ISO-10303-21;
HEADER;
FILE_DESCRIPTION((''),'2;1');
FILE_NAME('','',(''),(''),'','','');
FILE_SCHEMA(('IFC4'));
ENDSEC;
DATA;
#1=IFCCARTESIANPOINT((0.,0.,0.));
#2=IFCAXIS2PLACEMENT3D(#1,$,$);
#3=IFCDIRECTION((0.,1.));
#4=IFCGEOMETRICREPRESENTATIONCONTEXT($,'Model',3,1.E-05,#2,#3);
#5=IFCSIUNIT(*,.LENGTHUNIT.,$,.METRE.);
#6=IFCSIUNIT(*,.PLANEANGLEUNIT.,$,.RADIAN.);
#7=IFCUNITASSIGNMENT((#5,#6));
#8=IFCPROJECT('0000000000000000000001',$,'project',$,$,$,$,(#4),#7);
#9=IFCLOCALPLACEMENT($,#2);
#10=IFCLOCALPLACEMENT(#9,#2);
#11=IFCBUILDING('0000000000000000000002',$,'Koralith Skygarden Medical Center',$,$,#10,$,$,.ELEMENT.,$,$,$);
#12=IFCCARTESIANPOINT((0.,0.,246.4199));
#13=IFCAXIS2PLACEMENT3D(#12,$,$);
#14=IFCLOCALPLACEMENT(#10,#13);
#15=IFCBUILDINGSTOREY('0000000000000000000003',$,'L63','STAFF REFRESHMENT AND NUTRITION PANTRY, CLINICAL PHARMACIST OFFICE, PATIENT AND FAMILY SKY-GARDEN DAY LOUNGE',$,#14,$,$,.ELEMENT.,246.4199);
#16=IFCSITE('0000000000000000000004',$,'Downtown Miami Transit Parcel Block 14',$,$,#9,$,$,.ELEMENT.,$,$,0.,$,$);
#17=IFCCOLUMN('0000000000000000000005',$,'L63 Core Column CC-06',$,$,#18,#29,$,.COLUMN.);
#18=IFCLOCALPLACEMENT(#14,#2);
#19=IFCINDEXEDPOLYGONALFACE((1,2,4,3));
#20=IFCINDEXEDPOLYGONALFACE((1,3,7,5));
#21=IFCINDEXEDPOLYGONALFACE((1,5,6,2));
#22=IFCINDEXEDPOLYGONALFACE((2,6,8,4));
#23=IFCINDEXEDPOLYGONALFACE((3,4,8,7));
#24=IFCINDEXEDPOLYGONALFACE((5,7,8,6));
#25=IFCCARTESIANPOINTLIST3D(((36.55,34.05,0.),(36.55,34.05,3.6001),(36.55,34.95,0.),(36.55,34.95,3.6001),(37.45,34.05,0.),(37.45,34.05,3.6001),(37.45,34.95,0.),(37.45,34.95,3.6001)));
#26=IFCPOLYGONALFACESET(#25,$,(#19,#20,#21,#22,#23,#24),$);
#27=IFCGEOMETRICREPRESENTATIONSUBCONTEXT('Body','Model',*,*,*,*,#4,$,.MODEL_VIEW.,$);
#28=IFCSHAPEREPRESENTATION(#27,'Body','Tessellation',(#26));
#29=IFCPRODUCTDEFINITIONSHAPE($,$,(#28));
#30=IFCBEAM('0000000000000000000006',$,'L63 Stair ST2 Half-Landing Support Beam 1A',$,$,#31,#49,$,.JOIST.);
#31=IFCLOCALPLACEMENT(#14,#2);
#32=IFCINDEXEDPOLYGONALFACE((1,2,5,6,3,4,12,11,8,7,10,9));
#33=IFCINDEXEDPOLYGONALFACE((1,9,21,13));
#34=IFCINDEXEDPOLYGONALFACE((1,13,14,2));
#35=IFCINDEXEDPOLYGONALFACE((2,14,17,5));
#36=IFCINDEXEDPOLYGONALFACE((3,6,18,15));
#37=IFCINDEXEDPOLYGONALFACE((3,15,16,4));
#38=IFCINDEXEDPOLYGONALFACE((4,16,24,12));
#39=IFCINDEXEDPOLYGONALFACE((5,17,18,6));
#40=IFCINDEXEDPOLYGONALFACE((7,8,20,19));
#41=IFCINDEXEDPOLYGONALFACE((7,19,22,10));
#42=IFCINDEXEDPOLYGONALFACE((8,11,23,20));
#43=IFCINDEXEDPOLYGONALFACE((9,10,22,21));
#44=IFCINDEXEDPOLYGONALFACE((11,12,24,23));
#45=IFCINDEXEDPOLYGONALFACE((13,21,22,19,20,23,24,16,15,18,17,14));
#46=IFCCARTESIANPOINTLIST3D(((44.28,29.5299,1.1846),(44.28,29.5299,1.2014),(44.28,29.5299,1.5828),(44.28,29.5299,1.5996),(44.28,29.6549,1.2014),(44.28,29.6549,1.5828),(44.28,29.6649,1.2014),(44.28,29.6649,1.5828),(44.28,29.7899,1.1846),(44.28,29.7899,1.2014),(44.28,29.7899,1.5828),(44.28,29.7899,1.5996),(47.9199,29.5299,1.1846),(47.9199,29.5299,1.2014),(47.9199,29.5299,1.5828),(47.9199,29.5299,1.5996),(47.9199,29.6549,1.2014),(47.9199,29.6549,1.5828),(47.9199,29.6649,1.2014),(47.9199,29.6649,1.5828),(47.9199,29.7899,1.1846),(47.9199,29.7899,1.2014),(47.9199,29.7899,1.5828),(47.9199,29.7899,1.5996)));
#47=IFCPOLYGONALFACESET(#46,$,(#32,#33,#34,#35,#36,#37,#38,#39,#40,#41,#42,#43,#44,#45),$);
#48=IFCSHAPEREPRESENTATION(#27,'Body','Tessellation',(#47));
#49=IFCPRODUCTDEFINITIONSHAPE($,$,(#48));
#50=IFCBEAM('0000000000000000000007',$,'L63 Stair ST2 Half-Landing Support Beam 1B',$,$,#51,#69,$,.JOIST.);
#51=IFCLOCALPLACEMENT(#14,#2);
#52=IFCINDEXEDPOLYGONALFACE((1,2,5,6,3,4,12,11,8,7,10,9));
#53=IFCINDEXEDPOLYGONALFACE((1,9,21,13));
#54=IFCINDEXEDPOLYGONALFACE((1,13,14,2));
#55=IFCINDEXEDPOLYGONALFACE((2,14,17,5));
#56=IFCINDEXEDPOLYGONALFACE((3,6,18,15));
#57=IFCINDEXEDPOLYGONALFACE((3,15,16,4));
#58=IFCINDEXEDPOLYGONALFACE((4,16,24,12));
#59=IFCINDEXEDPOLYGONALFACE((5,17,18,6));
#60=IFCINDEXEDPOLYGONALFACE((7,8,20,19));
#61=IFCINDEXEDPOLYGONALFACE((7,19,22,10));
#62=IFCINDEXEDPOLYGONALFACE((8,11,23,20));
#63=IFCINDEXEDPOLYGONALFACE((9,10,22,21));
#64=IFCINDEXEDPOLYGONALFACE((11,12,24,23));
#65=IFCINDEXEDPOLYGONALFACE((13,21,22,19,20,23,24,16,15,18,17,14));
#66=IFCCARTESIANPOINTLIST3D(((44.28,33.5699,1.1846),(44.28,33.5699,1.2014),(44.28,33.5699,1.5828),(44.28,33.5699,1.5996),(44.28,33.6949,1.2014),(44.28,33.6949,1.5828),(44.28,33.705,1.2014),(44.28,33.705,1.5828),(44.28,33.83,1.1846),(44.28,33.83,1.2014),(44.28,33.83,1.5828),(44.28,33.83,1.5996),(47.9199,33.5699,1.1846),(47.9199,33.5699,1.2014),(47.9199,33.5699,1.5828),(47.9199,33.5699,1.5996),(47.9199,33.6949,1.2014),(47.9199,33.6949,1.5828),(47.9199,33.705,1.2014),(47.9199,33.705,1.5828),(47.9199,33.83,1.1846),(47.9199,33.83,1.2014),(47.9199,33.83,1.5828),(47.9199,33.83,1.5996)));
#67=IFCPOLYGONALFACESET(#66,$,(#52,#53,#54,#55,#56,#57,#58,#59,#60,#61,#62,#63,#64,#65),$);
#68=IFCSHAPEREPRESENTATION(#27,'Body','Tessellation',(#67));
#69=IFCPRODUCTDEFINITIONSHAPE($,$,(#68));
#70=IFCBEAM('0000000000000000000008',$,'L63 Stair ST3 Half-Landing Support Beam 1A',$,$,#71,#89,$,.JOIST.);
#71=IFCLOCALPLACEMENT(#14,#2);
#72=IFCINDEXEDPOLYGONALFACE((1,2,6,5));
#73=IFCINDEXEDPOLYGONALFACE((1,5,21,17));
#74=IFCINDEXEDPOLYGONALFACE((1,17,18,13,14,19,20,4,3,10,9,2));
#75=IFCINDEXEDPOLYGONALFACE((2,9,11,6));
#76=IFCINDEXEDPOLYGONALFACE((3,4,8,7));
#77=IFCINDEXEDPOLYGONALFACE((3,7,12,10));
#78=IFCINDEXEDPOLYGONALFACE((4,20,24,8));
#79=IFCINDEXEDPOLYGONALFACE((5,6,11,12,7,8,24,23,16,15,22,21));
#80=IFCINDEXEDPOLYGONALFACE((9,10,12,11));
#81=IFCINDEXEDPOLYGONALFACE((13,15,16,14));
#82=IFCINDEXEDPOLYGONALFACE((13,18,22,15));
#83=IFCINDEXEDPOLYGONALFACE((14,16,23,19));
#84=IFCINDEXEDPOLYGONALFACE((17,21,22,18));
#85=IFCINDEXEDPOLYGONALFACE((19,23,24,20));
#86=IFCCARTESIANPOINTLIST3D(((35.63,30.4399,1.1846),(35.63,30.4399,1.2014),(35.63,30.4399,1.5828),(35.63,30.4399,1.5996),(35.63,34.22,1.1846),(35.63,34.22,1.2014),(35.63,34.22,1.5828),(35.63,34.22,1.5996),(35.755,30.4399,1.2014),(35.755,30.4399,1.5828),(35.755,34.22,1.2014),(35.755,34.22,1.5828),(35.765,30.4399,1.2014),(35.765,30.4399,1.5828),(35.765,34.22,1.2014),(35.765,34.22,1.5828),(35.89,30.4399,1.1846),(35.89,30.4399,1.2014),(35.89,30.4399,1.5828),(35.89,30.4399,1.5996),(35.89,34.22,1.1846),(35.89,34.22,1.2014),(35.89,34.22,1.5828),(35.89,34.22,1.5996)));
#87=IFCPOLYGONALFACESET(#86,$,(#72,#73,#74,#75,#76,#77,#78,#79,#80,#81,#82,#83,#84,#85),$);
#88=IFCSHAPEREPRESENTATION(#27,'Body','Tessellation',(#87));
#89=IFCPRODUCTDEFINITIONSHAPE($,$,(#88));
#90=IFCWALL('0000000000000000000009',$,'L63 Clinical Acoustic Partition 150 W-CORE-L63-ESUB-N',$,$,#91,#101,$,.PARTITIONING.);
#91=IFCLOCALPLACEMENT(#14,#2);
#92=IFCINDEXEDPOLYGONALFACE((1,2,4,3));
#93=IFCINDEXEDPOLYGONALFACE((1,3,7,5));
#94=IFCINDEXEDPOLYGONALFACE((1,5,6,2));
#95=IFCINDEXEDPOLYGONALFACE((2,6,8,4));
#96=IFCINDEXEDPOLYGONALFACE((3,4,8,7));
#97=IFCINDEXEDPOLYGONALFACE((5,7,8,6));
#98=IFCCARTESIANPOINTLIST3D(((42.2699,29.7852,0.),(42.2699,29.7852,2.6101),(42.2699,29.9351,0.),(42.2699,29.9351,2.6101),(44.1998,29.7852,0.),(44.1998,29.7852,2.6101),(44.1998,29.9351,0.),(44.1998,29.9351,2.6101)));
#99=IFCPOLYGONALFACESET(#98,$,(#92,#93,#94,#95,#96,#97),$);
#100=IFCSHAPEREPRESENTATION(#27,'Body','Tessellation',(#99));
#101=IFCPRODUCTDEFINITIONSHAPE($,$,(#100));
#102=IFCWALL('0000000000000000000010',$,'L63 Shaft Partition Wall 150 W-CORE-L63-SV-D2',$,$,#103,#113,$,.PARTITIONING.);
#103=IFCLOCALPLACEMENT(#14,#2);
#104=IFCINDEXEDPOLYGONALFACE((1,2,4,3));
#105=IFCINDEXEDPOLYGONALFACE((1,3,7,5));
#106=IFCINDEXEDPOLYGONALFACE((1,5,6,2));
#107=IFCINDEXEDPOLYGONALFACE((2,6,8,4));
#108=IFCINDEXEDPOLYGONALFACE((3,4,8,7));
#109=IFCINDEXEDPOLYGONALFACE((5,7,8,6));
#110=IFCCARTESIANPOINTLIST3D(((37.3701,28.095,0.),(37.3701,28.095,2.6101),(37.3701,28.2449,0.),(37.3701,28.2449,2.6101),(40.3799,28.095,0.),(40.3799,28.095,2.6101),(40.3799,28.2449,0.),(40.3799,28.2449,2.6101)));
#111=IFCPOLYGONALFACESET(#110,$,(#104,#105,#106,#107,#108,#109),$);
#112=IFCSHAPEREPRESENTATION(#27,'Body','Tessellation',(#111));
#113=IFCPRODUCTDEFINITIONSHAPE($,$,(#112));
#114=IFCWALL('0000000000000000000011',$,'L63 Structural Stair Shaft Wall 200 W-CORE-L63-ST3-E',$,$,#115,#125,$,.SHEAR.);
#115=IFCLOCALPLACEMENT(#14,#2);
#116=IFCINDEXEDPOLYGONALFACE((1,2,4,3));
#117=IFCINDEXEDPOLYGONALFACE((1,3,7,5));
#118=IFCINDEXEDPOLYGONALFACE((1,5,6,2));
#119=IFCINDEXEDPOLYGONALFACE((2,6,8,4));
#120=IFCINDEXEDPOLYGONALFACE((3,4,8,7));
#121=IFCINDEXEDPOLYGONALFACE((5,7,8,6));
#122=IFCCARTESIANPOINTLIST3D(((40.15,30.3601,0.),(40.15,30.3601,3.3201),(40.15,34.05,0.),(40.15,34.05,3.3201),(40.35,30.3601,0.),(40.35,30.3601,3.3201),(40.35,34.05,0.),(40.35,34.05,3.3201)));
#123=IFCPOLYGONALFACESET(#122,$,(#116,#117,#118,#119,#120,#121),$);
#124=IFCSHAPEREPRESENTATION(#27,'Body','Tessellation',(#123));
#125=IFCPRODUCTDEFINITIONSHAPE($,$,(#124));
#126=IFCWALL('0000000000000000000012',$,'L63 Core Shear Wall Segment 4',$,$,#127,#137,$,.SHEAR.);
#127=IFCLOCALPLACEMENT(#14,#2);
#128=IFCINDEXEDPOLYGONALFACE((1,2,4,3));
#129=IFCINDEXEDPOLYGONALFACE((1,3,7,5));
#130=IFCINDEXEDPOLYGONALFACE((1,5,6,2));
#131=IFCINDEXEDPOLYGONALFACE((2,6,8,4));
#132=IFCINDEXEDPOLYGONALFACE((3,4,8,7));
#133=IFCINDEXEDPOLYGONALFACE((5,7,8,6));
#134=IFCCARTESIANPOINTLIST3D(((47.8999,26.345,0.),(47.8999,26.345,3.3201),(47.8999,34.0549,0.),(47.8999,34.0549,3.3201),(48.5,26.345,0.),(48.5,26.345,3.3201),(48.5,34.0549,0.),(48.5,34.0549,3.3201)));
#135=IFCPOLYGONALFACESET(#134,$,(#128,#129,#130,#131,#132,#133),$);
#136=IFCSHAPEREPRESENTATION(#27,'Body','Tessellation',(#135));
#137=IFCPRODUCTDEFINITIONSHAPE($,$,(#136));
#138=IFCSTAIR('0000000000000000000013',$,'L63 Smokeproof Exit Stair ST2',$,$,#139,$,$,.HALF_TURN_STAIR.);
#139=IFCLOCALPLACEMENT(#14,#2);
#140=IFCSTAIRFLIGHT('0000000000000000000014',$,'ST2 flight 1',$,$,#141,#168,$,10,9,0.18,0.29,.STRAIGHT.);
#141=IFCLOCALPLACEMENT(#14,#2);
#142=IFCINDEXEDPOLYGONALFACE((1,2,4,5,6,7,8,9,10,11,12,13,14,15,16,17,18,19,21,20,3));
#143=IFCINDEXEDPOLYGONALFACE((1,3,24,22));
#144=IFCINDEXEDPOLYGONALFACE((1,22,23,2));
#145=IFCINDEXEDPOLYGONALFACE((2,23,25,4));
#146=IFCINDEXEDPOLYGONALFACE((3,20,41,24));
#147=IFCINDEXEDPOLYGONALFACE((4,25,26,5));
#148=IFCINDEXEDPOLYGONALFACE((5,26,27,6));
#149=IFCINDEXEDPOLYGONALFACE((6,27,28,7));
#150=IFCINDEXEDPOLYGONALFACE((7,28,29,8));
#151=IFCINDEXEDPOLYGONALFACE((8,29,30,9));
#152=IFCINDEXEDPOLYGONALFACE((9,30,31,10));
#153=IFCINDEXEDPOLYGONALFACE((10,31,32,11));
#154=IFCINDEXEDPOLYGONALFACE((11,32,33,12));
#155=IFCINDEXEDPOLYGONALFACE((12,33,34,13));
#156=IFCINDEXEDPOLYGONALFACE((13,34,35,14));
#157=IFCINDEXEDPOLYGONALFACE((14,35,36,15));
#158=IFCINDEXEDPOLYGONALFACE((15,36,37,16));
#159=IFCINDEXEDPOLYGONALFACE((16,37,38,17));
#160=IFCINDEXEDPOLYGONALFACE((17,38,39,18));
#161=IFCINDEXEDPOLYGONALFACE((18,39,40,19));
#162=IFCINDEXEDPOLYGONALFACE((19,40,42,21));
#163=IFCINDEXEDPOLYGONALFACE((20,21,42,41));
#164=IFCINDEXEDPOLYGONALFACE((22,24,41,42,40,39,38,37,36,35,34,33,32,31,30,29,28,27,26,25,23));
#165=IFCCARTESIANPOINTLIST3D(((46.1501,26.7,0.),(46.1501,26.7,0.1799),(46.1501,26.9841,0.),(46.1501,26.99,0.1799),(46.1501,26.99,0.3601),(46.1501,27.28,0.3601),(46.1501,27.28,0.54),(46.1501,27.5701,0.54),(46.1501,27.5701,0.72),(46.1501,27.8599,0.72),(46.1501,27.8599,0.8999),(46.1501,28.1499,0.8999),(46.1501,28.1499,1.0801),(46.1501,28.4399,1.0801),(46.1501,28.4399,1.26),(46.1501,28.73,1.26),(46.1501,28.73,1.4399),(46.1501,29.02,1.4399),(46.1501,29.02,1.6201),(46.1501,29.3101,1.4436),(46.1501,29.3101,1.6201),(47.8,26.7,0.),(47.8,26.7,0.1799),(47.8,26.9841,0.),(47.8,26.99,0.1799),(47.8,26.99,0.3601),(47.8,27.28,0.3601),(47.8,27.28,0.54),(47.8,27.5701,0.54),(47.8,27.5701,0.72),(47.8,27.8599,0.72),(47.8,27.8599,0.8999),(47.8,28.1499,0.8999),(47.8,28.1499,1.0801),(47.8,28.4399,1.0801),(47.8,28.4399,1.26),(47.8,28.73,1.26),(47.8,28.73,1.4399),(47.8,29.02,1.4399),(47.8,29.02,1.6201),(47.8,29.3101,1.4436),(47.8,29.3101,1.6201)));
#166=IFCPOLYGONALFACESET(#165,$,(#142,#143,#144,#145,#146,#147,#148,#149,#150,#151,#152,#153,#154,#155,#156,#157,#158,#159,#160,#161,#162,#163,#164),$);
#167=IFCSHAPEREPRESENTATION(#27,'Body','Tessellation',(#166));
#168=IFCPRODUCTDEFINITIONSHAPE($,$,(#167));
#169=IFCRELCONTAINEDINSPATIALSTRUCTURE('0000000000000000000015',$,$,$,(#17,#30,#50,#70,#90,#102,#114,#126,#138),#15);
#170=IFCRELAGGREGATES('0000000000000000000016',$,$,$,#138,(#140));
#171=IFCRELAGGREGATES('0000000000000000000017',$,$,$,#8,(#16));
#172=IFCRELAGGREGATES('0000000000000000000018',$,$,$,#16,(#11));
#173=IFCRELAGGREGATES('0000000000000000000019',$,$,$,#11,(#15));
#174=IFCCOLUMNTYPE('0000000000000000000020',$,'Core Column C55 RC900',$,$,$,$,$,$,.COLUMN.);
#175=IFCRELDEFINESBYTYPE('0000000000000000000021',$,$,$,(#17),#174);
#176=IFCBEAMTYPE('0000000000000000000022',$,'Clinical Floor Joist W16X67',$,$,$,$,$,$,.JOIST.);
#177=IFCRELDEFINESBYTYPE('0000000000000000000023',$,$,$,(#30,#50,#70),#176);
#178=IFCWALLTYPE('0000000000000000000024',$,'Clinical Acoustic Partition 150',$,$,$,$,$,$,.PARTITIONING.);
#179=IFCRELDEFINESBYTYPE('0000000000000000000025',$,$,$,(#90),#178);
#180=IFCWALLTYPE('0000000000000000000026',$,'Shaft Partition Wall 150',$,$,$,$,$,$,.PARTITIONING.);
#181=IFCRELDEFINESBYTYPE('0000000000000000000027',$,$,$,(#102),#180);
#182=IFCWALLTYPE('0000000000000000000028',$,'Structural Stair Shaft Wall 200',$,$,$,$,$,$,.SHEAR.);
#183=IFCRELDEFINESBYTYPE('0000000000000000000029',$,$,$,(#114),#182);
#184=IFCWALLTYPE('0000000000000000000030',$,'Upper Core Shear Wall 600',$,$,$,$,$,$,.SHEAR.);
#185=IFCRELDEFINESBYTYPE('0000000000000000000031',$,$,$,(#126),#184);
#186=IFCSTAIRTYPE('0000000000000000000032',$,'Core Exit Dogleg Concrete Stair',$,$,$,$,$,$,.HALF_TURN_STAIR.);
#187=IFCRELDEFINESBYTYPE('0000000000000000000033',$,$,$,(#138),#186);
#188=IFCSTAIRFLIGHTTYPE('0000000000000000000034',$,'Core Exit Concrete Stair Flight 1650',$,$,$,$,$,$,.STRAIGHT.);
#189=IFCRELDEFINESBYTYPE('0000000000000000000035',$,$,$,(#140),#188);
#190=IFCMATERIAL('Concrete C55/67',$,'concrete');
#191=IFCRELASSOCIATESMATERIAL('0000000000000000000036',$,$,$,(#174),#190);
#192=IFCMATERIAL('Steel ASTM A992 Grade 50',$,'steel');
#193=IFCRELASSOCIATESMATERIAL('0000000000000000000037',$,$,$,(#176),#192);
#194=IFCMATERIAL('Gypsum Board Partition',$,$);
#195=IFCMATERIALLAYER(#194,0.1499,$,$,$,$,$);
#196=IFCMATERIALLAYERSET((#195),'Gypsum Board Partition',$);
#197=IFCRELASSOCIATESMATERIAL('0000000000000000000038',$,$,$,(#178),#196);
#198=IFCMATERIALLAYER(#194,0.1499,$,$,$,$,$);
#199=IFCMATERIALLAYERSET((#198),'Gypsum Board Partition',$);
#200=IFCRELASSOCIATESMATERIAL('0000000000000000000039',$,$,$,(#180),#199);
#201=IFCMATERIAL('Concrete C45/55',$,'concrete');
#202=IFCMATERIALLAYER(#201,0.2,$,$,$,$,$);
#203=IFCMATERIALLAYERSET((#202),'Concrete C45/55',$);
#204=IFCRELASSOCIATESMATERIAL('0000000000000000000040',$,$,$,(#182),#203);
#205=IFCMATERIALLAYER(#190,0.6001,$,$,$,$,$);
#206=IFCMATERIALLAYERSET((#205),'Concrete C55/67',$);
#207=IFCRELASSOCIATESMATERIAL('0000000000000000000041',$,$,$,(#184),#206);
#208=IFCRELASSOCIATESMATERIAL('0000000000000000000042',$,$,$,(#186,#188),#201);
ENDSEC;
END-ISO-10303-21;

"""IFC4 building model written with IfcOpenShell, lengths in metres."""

from ifc_helpers import new_model, si_unit, direction, frame, frame_2d, origin, origin_2d, place, context, subcontext, project, spatial, polyline, rectangle, i_section, outline, extrude, material, layer, layer_set, material_profile, profile_set, type_object, element, aggregate, save


model = new_model("IFC4")

# Units and contexts
model_context = context("Model", 3, precision=1e-05, world=origin(), true_north=direction((0.0, 1.0)))
body_context = subcontext(model_context, "Body", "Model", "MODEL_VIEW")
ifc_project = project(units=[si_unit("LENGTHUNIT", "METRE"), si_unit("PLANEANGLEUNIT", "RADIAN")], contexts=[model_context])

# Site, building, storey
site_placement = place(None, origin())
site = spatial("IfcSite", under=ifc_project, at=site_placement, Name="Downtown Miami Transit Parcel Block 14", CompositionType="ELEMENT", RefElevation=0.0)
building_placement = place(site_placement, origin())
building = spatial("IfcBuilding", under=site, at=building_placement, Name="Koralith Skygarden Medical Center", CompositionType="ELEMENT")
storey_placement = place(building_placement, frame((0.0, 0.0, 246.4199)))
storey = spatial("IfcBuildingStorey", under=building, at=storey_placement, Name="L63", Description="STAFF REFRESHMENT AND NUTRITION PANTRY, CLINICAL PHARMACIST OFFICE, PATIENT AND FAMILY SKY-GARDEN DAY LOUNGE", CompositionType="ELEMENT", Elevation=246.4199)

# Column
ifc_material_1 = material(Name="Concrete C55/67", Category="concrete")
ifc_material_profile_1 = material_profile(ifc_material_1, rectangle(XDim=0.8999, YDim=0.8999, at=origin_2d()), Name="RC900X900")
ifc_profile_set_1 = profile_set([ifc_material_profile_1], Name="Concrete C55/67")
column_type = type_object("IfcColumnType", Name="Core Column C55 RC900", PredefinedType="COLUMN", material=ifc_profile_set_1)
column_placement = place(storey_placement, frame((37.0, 34.5, 0.0), z_axis=(0.0, 0.0, 1.0), x_axis=(1.0, 0.0, 0.0)))
element("IfcColumn", 1, at=column_placement, inside=storey, type_object=column_type, Name="L63 Core Column CC-06", PredefinedType="COLUMN", context=body_context, shape_type="SweptSolid", body=[
    extrude(rectangle(XDim=0.8999, YDim=0.8999, at=origin_2d()), origin(), (0.0, 0.0, 1.0), 3.6001),
])

# Beams
ifc_material_2 = material(Name="Steel ASTM A992 Grade 50", Category="steel")
ifc_material_profile_2 = material_profile(ifc_material_2, i_section(OverallWidth=0.26, OverallDepth=0.415, WebThickness=0.01, FlangeThickness=0.0168, at=origin_2d()), Name="W16X67")
ifc_profile_set_2 = profile_set([ifc_material_profile_2], Name="Steel ASTM A992 Grade 50")
beam_type = type_object("IfcBeamType", Name="Clinical Floor Joist W16X67", PredefinedType="JOIST", material=ifc_profile_set_2)
for number, where, z_axis, x_axis, name in (
    (2, (44.28, 29.6599, 1.3921), (1.0, 0.0, 0.0), (0.0, 1.0, 0.0), "L63 Stair ST2 Half-Landing Support Beam 1A"),
    (3, (44.28, 33.7, 1.3921), (1.0, 0.0, 0.0), (0.0, 1.0, 0.0), "L63 Stair ST2 Half-Landing Support Beam 1B"),
):
    element("IfcBeam", number, at=place(storey_placement, frame(where, z_axis=z_axis, x_axis=x_axis)), inside=storey, type_object=beam_type, Name=name, PredefinedType="JOIST", context=body_context, shape_type="SweptSolid", body=[
        extrude(i_section(OverallWidth=0.26, OverallDepth=0.415, WebThickness=0.01, FlangeThickness=0.0168, at=origin_2d()), origin(), (0.0, 0.0, 1.0), 3.6399),
    ])
beam_placement = place(storey_placement, frame((35.76, 30.4399, 1.3921), z_axis=(0.0, 1.0, 0.0), x_axis=(-1.0, 0.0, 0.0)))
element("IfcBeam", 4, at=beam_placement, inside=storey, type_object=beam_type, Name="L63 Stair ST3 Half-Landing Support Beam 1A", PredefinedType="JOIST", context=body_context, shape_type="SweptSolid", body=[
    extrude(i_section(OverallWidth=0.26, OverallDepth=0.415, WebThickness=0.01, FlangeThickness=0.0168, at=origin_2d()), origin(), (0.0, 0.0, 1.0), 3.78),
])

# Walls
ifc_material_3 = material(Name="Gypsum Board Partition")
ifc_layer_1 = layer(ifc_material_3, 0.1499)
ifc_layer_set_1 = layer_set([ifc_layer_1], Name="Gypsum Board Partition")
wall_type_1 = type_object("IfcWallType", Name="Clinical Acoustic Partition 150", PredefinedType="PARTITIONING", material=ifc_layer_set_1)
wall_1_placement = place(storey_placement, frame((42.27, 29.8601, 0.0), z_axis=(0.0, 0.0, 1.0), x_axis=(1.0, 0.0, 0.0)))
element("IfcWall", 5, at=wall_1_placement, inside=storey, type_object=wall_type_1, Name="L63 Clinical Acoustic Partition 150 W-CORE-L63-ESUB-N", PredefinedType="PARTITIONING", context=body_context, shape_type="SweptSolid", body=[
    extrude(rectangle(XDim=1.9299, YDim=0.1499, at=frame_2d((0.9648, 0.0))), origin(), (0.0, 0.0, 1.0), 2.6101),
])
ifc_layer_2 = layer(ifc_material_3, 0.1499)
ifc_layer_set_2 = layer_set([ifc_layer_2], Name="Gypsum Board Partition")
wall_type_2 = type_object("IfcWallType", Name="Shaft Partition Wall 150", PredefinedType="PARTITIONING", material=ifc_layer_set_2)
wall_2_placement = place(storey_placement, frame((37.3701, 28.1699, 0.0), z_axis=(0.0, 0.0, 1.0), x_axis=(1.0, 0.0, 0.0)))
element("IfcWall", 6, at=wall_2_placement, inside=storey, type_object=wall_type_2, Name="L63 Shaft Partition Wall 150 W-CORE-L63-SV-D2", PredefinedType="PARTITIONING", context=body_context, shape_type="SweptSolid", body=[
    extrude(rectangle(XDim=3.0098, YDim=0.1499, at=frame_2d((1.5049, 0.0))), origin(), (0.0, 0.0, 1.0), 2.6101),
])
ifc_material_4 = material(Name="Concrete C45/55", Category="concrete")
ifc_layer_3 = layer(ifc_material_4, 0.2)
ifc_layer_set_3 = layer_set([ifc_layer_3], Name="Concrete C45/55")
wall_type_3 = type_object("IfcWallType", Name="Structural Stair Shaft Wall 200", PredefinedType="SHEAR", material=ifc_layer_set_3)
wall_3_placement = place(storey_placement, frame((40.25, 30.3601, 0.0), z_axis=(0.0, 0.0, 1.0), x_axis=(0.0, 1.0, 0.0)))
element("IfcWall", 7, at=wall_3_placement, inside=storey, type_object=wall_type_3, Name="L63 Structural Stair Shaft Wall 200 W-CORE-L63-ST3-E", PredefinedType="SHEAR", context=body_context, shape_type="SweptSolid", body=[
    extrude(rectangle(XDim=3.6899, YDim=0.2, at=frame_2d((1.845, 0.0))), origin(), (0.0, 0.0, 1.0), 3.3201),
])
ifc_layer_4 = layer(ifc_material_1, 0.6001)
ifc_layer_set_4 = layer_set([ifc_layer_4], Name="Concrete C55/67")
wall_type_4 = type_object("IfcWallType", Name="Upper Core Shear Wall 600", PredefinedType="SHEAR", material=ifc_layer_set_4)
wall_4_placement = place(storey_placement, frame((48.2, 26.345, 0.0), z_axis=(0.0, 0.0, 1.0), x_axis=(0.0, 1.0, 0.0)))
element("IfcWall", 8, at=wall_4_placement, inside=storey, type_object=wall_type_4, Name="L63 Core Shear Wall Segment 4", PredefinedType="SHEAR", context=body_context, shape_type="SweptSolid", body=[
    extrude(rectangle(XDim=7.71, YDim=0.6001, at=frame_2d((3.855, 0.0))), origin(), (0.0, 0.0, 1.0), 3.3201),
])

# Stair, stair flight
stair_type = type_object("IfcStairType", Name="Core Exit Dogleg Concrete Stair", PredefinedType="HALF_TURN_STAIR", material=ifc_material_4)
stair_placement = place(storey_placement, origin())
stair = element("IfcStair", 9, at=stair_placement, inside=storey, type_object=stair_type, Name="L63 Smokeproof Exit Stair ST2", PredefinedType="HALF_TURN_STAIR")
stair_flight_type = type_object("IfcStairFlightType", Name="Core Exit Concrete Stair Flight 1650", PredefinedType="STRAIGHT", material=ifc_material_4)
stair_flight_1_placement = place(storey_placement, frame((46.9751, 26.7, 0.0), z_axis=(0.0, 0.0, 1.0), x_axis=(0.0, 1.0, 0.0)))
stair_flight_1 = element("IfcStairFlight", 10, at=stair_flight_1_placement, type_object=stair_flight_type, Name="ST2 flight 1", NumberOfRisers=10, NumberOfTreads=9, PredefinedType="STRAIGHT", RiserHeight=0.18, TreadLength=0.29, context=body_context, shape_type="SweptSolid", body=[
    extrude(outline(polyline([(0.0, 0.0), (0.0, 0.1799), (0.29, 0.1799), (0.29, 0.3601), (0.5801, 0.3601), (0.5801, 0.54), (0.8701, 0.54), (0.8701, 0.72), (1.1599, 0.72), (1.1599, 0.8999), (1.45, 0.8999), (1.45, 1.0801), (1.74, 1.0801), (1.74, 1.26), (2.03, 1.26), (2.03, 1.4399), (2.3201, 1.4399), (2.3201, 1.6201), (2.6101, 1.6201), (2.6101, 1.8), (2.6101, 1.4436), (0.2842, 0.0), (0.0, 0.0)])), frame((0.0, 0.825, 0.0), z_axis=(0.0, -1.0, 0.0), x_axis=(1.0, 0.0, 0.0)), (0.0, 0.0, 1.0), 1.6499),
])
aggregate(stair, [stair_flight_1])

save(model, "model.ifc")
